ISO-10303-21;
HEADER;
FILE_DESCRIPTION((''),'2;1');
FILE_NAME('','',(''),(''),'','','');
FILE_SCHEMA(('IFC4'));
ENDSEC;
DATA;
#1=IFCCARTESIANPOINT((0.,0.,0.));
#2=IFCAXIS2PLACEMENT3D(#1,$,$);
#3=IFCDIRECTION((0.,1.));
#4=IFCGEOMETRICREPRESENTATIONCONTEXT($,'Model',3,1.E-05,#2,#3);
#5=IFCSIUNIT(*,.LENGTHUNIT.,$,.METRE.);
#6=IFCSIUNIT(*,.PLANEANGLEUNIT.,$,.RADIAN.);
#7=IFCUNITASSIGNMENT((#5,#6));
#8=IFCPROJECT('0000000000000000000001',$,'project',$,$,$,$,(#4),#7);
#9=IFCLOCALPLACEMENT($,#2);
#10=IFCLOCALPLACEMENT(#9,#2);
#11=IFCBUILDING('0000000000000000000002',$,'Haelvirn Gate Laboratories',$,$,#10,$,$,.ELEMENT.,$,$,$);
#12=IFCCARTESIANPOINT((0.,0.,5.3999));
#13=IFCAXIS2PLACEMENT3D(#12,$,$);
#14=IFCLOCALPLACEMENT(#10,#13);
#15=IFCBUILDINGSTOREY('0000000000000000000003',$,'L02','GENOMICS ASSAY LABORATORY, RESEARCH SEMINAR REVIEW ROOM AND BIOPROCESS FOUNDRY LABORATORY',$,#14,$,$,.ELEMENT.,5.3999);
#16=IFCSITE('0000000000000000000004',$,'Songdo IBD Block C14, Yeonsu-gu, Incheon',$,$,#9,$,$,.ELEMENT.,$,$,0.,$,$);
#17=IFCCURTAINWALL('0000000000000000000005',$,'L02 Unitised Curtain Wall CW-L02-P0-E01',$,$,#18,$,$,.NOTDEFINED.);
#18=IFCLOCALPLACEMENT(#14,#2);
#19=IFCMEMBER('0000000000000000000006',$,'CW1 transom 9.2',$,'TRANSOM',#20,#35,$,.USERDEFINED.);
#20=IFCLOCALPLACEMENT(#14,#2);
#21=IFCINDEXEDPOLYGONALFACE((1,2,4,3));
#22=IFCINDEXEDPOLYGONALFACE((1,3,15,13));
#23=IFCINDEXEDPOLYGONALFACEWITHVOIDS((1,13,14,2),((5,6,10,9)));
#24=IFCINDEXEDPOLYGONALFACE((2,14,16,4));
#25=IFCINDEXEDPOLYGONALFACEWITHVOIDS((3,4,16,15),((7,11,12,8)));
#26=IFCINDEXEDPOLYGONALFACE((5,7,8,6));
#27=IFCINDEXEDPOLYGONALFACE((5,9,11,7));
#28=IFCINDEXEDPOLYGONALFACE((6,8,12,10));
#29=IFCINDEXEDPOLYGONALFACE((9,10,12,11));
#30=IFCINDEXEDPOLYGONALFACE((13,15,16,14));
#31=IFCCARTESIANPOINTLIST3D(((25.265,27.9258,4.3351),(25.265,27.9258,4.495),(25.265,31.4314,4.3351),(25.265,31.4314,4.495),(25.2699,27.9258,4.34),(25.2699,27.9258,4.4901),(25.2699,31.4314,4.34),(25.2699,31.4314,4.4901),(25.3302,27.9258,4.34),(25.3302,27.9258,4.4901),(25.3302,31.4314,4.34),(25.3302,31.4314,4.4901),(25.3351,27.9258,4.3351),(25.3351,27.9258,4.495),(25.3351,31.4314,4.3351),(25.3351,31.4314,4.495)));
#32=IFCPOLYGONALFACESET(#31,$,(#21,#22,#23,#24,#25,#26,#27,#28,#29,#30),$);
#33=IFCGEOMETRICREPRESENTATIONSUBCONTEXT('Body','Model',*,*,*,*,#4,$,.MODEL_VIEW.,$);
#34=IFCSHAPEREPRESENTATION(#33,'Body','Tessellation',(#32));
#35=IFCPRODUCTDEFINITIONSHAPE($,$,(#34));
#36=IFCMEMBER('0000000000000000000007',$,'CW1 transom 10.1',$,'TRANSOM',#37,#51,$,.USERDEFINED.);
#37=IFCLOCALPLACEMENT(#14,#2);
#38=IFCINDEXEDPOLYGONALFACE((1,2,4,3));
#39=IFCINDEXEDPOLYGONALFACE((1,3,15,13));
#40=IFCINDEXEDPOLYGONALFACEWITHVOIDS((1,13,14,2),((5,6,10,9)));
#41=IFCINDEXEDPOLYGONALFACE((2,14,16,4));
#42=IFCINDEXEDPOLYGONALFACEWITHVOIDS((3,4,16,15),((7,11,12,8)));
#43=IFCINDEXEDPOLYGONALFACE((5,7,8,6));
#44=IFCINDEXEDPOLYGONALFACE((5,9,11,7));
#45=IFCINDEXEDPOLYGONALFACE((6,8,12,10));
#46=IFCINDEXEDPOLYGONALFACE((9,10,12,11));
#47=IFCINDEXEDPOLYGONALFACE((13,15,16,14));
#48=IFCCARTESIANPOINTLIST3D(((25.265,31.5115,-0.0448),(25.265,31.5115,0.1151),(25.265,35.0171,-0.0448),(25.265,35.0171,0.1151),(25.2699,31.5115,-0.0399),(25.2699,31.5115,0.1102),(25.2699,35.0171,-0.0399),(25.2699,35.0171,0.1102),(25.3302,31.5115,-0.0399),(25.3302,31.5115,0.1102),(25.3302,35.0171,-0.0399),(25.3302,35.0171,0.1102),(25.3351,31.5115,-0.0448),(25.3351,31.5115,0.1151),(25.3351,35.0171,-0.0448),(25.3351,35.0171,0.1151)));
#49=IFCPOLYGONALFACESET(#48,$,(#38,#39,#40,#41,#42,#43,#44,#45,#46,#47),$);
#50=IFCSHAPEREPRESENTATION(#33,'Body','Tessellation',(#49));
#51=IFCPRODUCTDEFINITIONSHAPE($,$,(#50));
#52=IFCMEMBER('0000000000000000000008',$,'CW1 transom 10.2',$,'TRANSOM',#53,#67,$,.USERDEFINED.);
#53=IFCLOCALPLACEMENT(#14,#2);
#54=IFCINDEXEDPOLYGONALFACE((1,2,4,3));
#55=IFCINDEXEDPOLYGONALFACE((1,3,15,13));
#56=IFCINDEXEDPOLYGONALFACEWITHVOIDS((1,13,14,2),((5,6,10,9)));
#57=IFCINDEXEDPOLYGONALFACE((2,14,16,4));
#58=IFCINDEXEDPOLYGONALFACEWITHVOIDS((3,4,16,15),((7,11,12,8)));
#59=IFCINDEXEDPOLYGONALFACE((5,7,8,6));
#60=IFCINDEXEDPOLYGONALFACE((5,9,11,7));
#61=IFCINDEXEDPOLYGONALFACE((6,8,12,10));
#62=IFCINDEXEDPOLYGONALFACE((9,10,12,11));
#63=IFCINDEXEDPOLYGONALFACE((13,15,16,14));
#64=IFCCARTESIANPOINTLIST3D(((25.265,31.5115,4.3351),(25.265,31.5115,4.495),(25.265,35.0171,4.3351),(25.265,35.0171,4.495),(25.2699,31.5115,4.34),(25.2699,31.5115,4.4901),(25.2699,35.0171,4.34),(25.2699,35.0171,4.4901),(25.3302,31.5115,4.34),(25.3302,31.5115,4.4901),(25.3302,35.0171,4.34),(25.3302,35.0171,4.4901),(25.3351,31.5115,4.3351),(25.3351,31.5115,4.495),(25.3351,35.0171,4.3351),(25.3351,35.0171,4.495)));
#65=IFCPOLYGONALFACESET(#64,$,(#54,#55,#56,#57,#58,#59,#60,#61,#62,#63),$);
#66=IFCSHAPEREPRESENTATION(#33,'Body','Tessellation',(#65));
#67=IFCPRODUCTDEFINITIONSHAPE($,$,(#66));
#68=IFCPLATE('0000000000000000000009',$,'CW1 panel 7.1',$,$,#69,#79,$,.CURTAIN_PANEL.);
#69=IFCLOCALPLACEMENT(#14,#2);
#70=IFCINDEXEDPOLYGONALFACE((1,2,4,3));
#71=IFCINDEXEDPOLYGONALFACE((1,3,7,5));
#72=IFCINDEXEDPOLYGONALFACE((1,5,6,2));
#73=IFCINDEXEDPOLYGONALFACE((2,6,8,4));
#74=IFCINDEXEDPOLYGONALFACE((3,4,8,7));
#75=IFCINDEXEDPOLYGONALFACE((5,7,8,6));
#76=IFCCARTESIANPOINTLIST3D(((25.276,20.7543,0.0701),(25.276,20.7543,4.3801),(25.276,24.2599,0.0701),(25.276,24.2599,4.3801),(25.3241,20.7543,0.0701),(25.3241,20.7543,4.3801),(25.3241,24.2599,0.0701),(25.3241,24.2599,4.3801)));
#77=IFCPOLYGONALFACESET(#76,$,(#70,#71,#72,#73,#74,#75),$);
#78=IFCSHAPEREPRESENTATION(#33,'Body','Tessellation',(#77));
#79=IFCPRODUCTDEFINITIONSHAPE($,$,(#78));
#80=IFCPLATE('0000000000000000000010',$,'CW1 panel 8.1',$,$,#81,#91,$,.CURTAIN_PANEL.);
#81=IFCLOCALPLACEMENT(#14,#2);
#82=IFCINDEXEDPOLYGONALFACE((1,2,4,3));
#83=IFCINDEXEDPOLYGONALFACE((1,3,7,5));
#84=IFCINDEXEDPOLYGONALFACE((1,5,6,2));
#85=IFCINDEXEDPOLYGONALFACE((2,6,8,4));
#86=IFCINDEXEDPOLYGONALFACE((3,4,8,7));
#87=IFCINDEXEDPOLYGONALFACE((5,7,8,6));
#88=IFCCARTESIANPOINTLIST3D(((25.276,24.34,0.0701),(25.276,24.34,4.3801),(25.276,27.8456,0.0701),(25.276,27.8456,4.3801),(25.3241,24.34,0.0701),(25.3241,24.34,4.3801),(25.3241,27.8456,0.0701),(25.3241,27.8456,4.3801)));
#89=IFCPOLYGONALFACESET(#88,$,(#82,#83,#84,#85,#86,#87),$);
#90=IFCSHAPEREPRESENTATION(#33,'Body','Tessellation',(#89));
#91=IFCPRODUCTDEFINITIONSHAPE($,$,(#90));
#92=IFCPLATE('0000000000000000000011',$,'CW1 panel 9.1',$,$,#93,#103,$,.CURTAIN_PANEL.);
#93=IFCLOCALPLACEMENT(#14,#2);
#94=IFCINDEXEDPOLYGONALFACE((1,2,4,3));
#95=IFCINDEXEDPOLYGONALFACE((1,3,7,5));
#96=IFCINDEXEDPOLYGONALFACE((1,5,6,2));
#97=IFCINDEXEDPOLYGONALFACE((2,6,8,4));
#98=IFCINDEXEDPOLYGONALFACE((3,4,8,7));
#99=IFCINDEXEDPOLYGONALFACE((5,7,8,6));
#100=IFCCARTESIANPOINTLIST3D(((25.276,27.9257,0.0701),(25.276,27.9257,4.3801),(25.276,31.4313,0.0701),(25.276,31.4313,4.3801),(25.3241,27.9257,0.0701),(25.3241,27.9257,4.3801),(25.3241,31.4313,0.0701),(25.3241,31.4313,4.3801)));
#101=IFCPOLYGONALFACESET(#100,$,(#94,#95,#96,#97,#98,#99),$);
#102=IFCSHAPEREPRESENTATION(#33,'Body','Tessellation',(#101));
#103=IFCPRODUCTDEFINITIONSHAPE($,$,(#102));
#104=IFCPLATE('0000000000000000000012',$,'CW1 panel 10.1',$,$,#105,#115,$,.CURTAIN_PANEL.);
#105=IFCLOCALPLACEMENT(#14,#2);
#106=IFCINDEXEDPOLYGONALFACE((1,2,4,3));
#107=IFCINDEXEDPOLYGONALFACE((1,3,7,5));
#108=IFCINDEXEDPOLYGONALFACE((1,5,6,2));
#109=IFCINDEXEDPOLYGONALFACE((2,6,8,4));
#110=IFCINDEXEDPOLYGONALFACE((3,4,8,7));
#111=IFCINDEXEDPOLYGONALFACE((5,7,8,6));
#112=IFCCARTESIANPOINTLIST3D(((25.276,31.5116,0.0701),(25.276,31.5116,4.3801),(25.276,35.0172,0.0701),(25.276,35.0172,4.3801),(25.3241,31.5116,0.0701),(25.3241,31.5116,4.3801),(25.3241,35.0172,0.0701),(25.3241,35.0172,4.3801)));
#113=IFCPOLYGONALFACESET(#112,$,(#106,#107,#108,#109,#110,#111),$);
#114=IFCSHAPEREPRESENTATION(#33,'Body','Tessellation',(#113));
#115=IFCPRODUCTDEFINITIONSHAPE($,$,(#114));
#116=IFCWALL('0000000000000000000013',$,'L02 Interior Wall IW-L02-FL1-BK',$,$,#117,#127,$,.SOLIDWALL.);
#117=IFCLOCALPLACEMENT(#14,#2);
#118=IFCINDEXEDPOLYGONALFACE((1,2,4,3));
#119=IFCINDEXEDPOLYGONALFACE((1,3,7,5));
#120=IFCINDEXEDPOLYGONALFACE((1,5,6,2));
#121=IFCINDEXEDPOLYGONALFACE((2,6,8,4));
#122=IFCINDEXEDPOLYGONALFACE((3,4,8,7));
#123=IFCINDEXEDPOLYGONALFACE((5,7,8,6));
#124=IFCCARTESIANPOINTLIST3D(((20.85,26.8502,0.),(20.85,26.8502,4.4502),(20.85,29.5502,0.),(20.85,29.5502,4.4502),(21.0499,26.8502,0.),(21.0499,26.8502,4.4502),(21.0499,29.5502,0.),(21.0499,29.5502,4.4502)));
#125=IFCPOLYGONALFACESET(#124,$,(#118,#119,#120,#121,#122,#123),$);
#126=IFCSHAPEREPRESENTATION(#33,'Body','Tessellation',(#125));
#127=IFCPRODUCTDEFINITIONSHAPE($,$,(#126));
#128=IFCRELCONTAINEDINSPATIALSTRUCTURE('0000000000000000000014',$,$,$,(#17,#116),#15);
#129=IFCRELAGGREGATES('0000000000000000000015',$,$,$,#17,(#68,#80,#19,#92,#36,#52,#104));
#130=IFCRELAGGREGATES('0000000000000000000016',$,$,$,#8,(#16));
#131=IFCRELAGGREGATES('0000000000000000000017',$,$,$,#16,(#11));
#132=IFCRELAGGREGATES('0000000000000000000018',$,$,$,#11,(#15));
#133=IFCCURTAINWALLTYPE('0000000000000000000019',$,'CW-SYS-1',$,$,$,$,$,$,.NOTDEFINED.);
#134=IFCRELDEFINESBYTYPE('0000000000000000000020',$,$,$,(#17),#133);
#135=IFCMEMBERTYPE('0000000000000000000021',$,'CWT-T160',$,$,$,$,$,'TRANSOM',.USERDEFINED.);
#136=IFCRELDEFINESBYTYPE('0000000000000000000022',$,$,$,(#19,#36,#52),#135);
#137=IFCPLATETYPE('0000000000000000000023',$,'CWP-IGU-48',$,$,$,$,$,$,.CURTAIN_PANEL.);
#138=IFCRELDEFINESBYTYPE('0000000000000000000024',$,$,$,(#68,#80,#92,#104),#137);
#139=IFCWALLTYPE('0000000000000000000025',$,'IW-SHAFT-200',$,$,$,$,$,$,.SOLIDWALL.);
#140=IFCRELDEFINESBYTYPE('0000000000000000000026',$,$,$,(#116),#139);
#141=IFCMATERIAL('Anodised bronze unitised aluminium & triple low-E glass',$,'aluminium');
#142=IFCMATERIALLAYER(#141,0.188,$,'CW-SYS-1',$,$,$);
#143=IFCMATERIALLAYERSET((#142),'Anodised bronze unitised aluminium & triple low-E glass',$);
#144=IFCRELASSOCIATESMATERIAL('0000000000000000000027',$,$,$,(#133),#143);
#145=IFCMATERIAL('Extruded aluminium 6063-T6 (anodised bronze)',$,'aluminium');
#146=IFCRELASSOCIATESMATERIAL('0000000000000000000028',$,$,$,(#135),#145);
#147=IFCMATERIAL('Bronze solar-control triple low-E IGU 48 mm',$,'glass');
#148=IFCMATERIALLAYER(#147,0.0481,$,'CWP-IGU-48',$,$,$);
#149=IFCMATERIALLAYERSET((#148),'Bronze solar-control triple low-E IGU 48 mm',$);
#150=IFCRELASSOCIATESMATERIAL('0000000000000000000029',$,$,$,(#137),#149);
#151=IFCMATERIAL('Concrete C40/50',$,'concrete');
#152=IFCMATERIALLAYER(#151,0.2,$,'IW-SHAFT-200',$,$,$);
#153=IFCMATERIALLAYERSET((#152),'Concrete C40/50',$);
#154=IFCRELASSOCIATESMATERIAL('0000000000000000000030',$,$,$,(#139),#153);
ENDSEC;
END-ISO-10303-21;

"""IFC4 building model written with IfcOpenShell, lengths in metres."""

from ifc_helpers import new_model, si_unit, direction, frame, frame_2d, origin, origin_2d, place, context, subcontext, project, spatial, rectangle, hollow_rectangle, extrude, source, transform, mapped, material, layer, layer_set, material_profile, profile_set, type_object, type_shapes, element, aggregate, save


model = new_model("IFC4")

# Units and contexts
model_context = context("Model", 3, precision=1e-05, world=origin(), true_north=direction((0.0, 1.0)))
body_context = subcontext(model_context, "Body", "Model", "MODEL_VIEW")
ifc_project = project(units=[si_unit("LENGTHUNIT", "METRE"), si_unit("PLANEANGLEUNIT", "RADIAN")], contexts=[model_context])

# Site, building, storey
site_placement = place(None, origin())
site = spatial("IfcSite", under=ifc_project, at=site_placement, Name="Songdo IBD Block C14, Yeonsu-gu, Incheon", CompositionType="ELEMENT", RefElevation=0.0)
building_placement = place(site_placement, origin())
building = spatial("IfcBuilding", under=site, at=building_placement, Name="Haelvirn Gate Laboratories", CompositionType="ELEMENT")
storey_placement = place(building_placement, frame((0.0, 0.0, 5.3999)))
storey = spatial("IfcBuildingStorey", under=building, at=storey_placement, Name="L02", Description="GENOMICS ASSAY LABORATORY, RESEARCH SEMINAR REVIEW ROOM AND BIOPROCESS FOUNDRY LABORATORY", CompositionType="ELEMENT", Elevation=5.3999)

# Curtain wall, members, plates
ifc_material_1 = material(Name="Anodised bronze unitised aluminium & triple low-E glass", Category="aluminium")
ifc_layer_1 = layer(ifc_material_1, 0.188, Name="CW-SYS-1")
ifc_layer_set_1 = layer_set([ifc_layer_1], Name="Anodised bronze unitised aluminium & triple low-E glass")
curtain_wall_type = type_object("IfcCurtainWallType", Name="CW-SYS-1", PredefinedType="NOTDEFINED", material=ifc_layer_set_1)
curtain_wall_placement = place(storey_placement, origin())
curtain_wall = element("IfcCurtainWall", 1, at=curtain_wall_placement, inside=storey, type_object=curtain_wall_type, Name="L02 Unitised Curtain Wall CW-L02-P0-E01", PredefinedType="NOTDEFINED")
ifc_material_2 = material(Name="Extruded aluminium 6063-T6 (anodised bronze)", Category="aluminium")
ifc_material_profile_1 = material_profile(ifc_material_2, hollow_rectangle(XDim=0.0701, YDim=0.1599, WallThickness=0.0049, at=origin_2d()), Name="CWT-160x70x5")
ifc_profile_set_1 = profile_set([ifc_material_profile_1], Name="Extruded aluminium 6063-T6 (anodised bronze)")
member_type_1 = type_object("IfcMemberType", Name="CWT-T160", ElementType="TRANSOM", PredefinedType="USERDEFINED", material=ifc_profile_set_1)
shared_shape_1 = source(origin(), body_context, "Body", "SweptSolid", [
    extrude(hollow_rectangle(XDim=0.0701, YDim=0.1599, WallThickness=0.0049, at=origin_2d()), origin(), (0.0, 0.0, 1.0), 3.5056),
])
type_shapes(member_type_1, [shared_shape_1])
member_1_placement = place(storey_placement, frame((25.3, 27.9258, 4.415), z_axis=(0.0, 1.0, 0.0), x_axis=(-1.0, 0.0, 0.0)))
member_1 = element("IfcMember", 2, at=member_1_placement, type_object=member_type_1, Name="CW1 transom 9.2", ObjectType="TRANSOM", PredefinedType="USERDEFINED", context=body_context, shape_type="MappedRepresentation", body=[
    mapped(shared_shape_1, transform((0.0, 0.0, 0.0), scale=1.0)),
])
member_2_placement = place(storey_placement, frame((25.3, 31.5115, 0.0352), z_axis=(0.0, 1.0, 0.0), x_axis=(-1.0, 0.0, 0.0)))
member_2 = element("IfcMember", 3, at=member_2_placement, type_object=member_type_1, Name="CW1 transom 10.1", ObjectType="TRANSOM", PredefinedType="USERDEFINED", context=body_context, shape_type="MappedRepresentation", body=[
    mapped(shared_shape_1, transform((0.0, 0.0, 0.0), scale=1.0)),
])
member_3_placement = place(storey_placement, frame((25.3, 31.5115, 4.415), z_axis=(0.0, 1.0, 0.0), x_axis=(-1.0, 0.0, 0.0)))
member_3 = element("IfcMember", 4, at=member_3_placement, type_object=member_type_1, Name="CW1 transom 10.2", ObjectType="TRANSOM", PredefinedType="USERDEFINED", context=body_context, shape_type="MappedRepresentation", body=[
    mapped(shared_shape_1, transform((0.0, 0.0, 0.0), scale=1.0)),
])
ifc_material_3 = material(Name="Bronze solar-control triple low-E IGU 48 mm", Category="glass")
ifc_layer_2 = layer(ifc_material_3, 0.0481, Name="CWP-IGU-48")
ifc_layer_set_2 = layer_set([ifc_layer_2], Name="Bronze solar-control triple low-E IGU 48 mm")
plate_type = type_object("IfcPlateType", Name="CWP-IGU-48", PredefinedType="CURTAIN_PANEL", material=ifc_layer_set_2)
shared_shape_2 = source(origin(), body_context, "Body", "SweptSolid", [
    extrude(rectangle(XDim=3.5056, YDim=0.0481, at=origin_2d()), origin(), (0.0, 0.0, 1.0), 4.3101),
])
type_shapes(plate_type, [shared_shape_2])
plate_1_placement = place(storey_placement, frame((25.3, 22.5071, 0.0701), z_axis=(0.0, 0.0, 1.0), x_axis=(0.0, 1.0, 0.0)))
plate_1 = element("IfcPlate", 5, at=plate_1_placement, type_object=plate_type, Name="CW1 panel 7.1", PredefinedType="CURTAIN_PANEL", context=body_context, shape_type="MappedRepresentation", body=[
    mapped(shared_shape_2, transform((0.0, 0.0, 0.0), scale=1.0)),
])
plate_2_placement = place(storey_placement, frame((25.3, 26.0928, 0.0701), z_axis=(0.0, 0.0, 1.0), x_axis=(0.0, 1.0, 0.0)))
plate_2 = element("IfcPlate", 6, at=plate_2_placement, type_object=plate_type, Name="CW1 panel 8.1", PredefinedType="CURTAIN_PANEL", context=body_context, shape_type="MappedRepresentation", body=[
    mapped(shared_shape_2, transform((0.0, 0.0, 0.0), scale=1.0)),
])
plate_3_placement = place(storey_placement, frame((25.3, 29.6785, 0.0701), z_axis=(0.0, 0.0, 1.0), x_axis=(0.0, 1.0, 0.0)))
plate_3 = element("IfcPlate", 7, at=plate_3_placement, type_object=plate_type, Name="CW1 panel 9.1", PredefinedType="CURTAIN_PANEL", context=body_context, shape_type="MappedRepresentation", body=[
    mapped(shared_shape_2, transform((0.0, 0.0, 0.0), scale=1.0)),
])
plate_4_placement = place(storey_placement, frame((25.3, 33.2644, 0.0701), z_axis=(0.0, 0.0, 1.0), x_axis=(0.0, 1.0, 0.0)))
plate_4 = element("IfcPlate", 8, at=plate_4_placement, type_object=plate_type, Name="CW1 panel 10.1", PredefinedType="CURTAIN_PANEL", context=body_context, shape_type="MappedRepresentation", body=[
    mapped(shared_shape_2, transform((0.0, 0.0, 0.0), scale=1.0)),
])
aggregate(curtain_wall, [plate_1, plate_2, member_1, plate_3, member_2, member_3, plate_4])

# Wall
ifc_material_4 = material(Name="Concrete C40/50", Category="concrete")
ifc_layer_3 = layer(ifc_material_4, 0.2, Name="IW-SHAFT-200")
ifc_layer_set_3 = layer_set([ifc_layer_3], Name="Concrete C40/50")
wall_type = type_object("IfcWallType", Name="IW-SHAFT-200", PredefinedType="SOLIDWALL", material=ifc_layer_set_3)
wall_placement = place(storey_placement, frame((20.95, 26.8501, 0.0), z_axis=(0.0, 0.0, 1.0), x_axis=(0.0, 1.0, 0.0)))
element("IfcWall", 9, at=wall_placement, inside=storey, type_object=wall_type, Name="L02 Interior Wall IW-L02-FL1-BK", PredefinedType="SOLIDWALL", context=body_context, shape_type="SweptSolid", body=[
    extrude(rectangle(XDim=2.7, YDim=0.2, at=frame_2d((1.3501, 0.0))), origin(), (0.0, 0.0, 1.0), 4.4502),
])

save(model, "model.ifc")
